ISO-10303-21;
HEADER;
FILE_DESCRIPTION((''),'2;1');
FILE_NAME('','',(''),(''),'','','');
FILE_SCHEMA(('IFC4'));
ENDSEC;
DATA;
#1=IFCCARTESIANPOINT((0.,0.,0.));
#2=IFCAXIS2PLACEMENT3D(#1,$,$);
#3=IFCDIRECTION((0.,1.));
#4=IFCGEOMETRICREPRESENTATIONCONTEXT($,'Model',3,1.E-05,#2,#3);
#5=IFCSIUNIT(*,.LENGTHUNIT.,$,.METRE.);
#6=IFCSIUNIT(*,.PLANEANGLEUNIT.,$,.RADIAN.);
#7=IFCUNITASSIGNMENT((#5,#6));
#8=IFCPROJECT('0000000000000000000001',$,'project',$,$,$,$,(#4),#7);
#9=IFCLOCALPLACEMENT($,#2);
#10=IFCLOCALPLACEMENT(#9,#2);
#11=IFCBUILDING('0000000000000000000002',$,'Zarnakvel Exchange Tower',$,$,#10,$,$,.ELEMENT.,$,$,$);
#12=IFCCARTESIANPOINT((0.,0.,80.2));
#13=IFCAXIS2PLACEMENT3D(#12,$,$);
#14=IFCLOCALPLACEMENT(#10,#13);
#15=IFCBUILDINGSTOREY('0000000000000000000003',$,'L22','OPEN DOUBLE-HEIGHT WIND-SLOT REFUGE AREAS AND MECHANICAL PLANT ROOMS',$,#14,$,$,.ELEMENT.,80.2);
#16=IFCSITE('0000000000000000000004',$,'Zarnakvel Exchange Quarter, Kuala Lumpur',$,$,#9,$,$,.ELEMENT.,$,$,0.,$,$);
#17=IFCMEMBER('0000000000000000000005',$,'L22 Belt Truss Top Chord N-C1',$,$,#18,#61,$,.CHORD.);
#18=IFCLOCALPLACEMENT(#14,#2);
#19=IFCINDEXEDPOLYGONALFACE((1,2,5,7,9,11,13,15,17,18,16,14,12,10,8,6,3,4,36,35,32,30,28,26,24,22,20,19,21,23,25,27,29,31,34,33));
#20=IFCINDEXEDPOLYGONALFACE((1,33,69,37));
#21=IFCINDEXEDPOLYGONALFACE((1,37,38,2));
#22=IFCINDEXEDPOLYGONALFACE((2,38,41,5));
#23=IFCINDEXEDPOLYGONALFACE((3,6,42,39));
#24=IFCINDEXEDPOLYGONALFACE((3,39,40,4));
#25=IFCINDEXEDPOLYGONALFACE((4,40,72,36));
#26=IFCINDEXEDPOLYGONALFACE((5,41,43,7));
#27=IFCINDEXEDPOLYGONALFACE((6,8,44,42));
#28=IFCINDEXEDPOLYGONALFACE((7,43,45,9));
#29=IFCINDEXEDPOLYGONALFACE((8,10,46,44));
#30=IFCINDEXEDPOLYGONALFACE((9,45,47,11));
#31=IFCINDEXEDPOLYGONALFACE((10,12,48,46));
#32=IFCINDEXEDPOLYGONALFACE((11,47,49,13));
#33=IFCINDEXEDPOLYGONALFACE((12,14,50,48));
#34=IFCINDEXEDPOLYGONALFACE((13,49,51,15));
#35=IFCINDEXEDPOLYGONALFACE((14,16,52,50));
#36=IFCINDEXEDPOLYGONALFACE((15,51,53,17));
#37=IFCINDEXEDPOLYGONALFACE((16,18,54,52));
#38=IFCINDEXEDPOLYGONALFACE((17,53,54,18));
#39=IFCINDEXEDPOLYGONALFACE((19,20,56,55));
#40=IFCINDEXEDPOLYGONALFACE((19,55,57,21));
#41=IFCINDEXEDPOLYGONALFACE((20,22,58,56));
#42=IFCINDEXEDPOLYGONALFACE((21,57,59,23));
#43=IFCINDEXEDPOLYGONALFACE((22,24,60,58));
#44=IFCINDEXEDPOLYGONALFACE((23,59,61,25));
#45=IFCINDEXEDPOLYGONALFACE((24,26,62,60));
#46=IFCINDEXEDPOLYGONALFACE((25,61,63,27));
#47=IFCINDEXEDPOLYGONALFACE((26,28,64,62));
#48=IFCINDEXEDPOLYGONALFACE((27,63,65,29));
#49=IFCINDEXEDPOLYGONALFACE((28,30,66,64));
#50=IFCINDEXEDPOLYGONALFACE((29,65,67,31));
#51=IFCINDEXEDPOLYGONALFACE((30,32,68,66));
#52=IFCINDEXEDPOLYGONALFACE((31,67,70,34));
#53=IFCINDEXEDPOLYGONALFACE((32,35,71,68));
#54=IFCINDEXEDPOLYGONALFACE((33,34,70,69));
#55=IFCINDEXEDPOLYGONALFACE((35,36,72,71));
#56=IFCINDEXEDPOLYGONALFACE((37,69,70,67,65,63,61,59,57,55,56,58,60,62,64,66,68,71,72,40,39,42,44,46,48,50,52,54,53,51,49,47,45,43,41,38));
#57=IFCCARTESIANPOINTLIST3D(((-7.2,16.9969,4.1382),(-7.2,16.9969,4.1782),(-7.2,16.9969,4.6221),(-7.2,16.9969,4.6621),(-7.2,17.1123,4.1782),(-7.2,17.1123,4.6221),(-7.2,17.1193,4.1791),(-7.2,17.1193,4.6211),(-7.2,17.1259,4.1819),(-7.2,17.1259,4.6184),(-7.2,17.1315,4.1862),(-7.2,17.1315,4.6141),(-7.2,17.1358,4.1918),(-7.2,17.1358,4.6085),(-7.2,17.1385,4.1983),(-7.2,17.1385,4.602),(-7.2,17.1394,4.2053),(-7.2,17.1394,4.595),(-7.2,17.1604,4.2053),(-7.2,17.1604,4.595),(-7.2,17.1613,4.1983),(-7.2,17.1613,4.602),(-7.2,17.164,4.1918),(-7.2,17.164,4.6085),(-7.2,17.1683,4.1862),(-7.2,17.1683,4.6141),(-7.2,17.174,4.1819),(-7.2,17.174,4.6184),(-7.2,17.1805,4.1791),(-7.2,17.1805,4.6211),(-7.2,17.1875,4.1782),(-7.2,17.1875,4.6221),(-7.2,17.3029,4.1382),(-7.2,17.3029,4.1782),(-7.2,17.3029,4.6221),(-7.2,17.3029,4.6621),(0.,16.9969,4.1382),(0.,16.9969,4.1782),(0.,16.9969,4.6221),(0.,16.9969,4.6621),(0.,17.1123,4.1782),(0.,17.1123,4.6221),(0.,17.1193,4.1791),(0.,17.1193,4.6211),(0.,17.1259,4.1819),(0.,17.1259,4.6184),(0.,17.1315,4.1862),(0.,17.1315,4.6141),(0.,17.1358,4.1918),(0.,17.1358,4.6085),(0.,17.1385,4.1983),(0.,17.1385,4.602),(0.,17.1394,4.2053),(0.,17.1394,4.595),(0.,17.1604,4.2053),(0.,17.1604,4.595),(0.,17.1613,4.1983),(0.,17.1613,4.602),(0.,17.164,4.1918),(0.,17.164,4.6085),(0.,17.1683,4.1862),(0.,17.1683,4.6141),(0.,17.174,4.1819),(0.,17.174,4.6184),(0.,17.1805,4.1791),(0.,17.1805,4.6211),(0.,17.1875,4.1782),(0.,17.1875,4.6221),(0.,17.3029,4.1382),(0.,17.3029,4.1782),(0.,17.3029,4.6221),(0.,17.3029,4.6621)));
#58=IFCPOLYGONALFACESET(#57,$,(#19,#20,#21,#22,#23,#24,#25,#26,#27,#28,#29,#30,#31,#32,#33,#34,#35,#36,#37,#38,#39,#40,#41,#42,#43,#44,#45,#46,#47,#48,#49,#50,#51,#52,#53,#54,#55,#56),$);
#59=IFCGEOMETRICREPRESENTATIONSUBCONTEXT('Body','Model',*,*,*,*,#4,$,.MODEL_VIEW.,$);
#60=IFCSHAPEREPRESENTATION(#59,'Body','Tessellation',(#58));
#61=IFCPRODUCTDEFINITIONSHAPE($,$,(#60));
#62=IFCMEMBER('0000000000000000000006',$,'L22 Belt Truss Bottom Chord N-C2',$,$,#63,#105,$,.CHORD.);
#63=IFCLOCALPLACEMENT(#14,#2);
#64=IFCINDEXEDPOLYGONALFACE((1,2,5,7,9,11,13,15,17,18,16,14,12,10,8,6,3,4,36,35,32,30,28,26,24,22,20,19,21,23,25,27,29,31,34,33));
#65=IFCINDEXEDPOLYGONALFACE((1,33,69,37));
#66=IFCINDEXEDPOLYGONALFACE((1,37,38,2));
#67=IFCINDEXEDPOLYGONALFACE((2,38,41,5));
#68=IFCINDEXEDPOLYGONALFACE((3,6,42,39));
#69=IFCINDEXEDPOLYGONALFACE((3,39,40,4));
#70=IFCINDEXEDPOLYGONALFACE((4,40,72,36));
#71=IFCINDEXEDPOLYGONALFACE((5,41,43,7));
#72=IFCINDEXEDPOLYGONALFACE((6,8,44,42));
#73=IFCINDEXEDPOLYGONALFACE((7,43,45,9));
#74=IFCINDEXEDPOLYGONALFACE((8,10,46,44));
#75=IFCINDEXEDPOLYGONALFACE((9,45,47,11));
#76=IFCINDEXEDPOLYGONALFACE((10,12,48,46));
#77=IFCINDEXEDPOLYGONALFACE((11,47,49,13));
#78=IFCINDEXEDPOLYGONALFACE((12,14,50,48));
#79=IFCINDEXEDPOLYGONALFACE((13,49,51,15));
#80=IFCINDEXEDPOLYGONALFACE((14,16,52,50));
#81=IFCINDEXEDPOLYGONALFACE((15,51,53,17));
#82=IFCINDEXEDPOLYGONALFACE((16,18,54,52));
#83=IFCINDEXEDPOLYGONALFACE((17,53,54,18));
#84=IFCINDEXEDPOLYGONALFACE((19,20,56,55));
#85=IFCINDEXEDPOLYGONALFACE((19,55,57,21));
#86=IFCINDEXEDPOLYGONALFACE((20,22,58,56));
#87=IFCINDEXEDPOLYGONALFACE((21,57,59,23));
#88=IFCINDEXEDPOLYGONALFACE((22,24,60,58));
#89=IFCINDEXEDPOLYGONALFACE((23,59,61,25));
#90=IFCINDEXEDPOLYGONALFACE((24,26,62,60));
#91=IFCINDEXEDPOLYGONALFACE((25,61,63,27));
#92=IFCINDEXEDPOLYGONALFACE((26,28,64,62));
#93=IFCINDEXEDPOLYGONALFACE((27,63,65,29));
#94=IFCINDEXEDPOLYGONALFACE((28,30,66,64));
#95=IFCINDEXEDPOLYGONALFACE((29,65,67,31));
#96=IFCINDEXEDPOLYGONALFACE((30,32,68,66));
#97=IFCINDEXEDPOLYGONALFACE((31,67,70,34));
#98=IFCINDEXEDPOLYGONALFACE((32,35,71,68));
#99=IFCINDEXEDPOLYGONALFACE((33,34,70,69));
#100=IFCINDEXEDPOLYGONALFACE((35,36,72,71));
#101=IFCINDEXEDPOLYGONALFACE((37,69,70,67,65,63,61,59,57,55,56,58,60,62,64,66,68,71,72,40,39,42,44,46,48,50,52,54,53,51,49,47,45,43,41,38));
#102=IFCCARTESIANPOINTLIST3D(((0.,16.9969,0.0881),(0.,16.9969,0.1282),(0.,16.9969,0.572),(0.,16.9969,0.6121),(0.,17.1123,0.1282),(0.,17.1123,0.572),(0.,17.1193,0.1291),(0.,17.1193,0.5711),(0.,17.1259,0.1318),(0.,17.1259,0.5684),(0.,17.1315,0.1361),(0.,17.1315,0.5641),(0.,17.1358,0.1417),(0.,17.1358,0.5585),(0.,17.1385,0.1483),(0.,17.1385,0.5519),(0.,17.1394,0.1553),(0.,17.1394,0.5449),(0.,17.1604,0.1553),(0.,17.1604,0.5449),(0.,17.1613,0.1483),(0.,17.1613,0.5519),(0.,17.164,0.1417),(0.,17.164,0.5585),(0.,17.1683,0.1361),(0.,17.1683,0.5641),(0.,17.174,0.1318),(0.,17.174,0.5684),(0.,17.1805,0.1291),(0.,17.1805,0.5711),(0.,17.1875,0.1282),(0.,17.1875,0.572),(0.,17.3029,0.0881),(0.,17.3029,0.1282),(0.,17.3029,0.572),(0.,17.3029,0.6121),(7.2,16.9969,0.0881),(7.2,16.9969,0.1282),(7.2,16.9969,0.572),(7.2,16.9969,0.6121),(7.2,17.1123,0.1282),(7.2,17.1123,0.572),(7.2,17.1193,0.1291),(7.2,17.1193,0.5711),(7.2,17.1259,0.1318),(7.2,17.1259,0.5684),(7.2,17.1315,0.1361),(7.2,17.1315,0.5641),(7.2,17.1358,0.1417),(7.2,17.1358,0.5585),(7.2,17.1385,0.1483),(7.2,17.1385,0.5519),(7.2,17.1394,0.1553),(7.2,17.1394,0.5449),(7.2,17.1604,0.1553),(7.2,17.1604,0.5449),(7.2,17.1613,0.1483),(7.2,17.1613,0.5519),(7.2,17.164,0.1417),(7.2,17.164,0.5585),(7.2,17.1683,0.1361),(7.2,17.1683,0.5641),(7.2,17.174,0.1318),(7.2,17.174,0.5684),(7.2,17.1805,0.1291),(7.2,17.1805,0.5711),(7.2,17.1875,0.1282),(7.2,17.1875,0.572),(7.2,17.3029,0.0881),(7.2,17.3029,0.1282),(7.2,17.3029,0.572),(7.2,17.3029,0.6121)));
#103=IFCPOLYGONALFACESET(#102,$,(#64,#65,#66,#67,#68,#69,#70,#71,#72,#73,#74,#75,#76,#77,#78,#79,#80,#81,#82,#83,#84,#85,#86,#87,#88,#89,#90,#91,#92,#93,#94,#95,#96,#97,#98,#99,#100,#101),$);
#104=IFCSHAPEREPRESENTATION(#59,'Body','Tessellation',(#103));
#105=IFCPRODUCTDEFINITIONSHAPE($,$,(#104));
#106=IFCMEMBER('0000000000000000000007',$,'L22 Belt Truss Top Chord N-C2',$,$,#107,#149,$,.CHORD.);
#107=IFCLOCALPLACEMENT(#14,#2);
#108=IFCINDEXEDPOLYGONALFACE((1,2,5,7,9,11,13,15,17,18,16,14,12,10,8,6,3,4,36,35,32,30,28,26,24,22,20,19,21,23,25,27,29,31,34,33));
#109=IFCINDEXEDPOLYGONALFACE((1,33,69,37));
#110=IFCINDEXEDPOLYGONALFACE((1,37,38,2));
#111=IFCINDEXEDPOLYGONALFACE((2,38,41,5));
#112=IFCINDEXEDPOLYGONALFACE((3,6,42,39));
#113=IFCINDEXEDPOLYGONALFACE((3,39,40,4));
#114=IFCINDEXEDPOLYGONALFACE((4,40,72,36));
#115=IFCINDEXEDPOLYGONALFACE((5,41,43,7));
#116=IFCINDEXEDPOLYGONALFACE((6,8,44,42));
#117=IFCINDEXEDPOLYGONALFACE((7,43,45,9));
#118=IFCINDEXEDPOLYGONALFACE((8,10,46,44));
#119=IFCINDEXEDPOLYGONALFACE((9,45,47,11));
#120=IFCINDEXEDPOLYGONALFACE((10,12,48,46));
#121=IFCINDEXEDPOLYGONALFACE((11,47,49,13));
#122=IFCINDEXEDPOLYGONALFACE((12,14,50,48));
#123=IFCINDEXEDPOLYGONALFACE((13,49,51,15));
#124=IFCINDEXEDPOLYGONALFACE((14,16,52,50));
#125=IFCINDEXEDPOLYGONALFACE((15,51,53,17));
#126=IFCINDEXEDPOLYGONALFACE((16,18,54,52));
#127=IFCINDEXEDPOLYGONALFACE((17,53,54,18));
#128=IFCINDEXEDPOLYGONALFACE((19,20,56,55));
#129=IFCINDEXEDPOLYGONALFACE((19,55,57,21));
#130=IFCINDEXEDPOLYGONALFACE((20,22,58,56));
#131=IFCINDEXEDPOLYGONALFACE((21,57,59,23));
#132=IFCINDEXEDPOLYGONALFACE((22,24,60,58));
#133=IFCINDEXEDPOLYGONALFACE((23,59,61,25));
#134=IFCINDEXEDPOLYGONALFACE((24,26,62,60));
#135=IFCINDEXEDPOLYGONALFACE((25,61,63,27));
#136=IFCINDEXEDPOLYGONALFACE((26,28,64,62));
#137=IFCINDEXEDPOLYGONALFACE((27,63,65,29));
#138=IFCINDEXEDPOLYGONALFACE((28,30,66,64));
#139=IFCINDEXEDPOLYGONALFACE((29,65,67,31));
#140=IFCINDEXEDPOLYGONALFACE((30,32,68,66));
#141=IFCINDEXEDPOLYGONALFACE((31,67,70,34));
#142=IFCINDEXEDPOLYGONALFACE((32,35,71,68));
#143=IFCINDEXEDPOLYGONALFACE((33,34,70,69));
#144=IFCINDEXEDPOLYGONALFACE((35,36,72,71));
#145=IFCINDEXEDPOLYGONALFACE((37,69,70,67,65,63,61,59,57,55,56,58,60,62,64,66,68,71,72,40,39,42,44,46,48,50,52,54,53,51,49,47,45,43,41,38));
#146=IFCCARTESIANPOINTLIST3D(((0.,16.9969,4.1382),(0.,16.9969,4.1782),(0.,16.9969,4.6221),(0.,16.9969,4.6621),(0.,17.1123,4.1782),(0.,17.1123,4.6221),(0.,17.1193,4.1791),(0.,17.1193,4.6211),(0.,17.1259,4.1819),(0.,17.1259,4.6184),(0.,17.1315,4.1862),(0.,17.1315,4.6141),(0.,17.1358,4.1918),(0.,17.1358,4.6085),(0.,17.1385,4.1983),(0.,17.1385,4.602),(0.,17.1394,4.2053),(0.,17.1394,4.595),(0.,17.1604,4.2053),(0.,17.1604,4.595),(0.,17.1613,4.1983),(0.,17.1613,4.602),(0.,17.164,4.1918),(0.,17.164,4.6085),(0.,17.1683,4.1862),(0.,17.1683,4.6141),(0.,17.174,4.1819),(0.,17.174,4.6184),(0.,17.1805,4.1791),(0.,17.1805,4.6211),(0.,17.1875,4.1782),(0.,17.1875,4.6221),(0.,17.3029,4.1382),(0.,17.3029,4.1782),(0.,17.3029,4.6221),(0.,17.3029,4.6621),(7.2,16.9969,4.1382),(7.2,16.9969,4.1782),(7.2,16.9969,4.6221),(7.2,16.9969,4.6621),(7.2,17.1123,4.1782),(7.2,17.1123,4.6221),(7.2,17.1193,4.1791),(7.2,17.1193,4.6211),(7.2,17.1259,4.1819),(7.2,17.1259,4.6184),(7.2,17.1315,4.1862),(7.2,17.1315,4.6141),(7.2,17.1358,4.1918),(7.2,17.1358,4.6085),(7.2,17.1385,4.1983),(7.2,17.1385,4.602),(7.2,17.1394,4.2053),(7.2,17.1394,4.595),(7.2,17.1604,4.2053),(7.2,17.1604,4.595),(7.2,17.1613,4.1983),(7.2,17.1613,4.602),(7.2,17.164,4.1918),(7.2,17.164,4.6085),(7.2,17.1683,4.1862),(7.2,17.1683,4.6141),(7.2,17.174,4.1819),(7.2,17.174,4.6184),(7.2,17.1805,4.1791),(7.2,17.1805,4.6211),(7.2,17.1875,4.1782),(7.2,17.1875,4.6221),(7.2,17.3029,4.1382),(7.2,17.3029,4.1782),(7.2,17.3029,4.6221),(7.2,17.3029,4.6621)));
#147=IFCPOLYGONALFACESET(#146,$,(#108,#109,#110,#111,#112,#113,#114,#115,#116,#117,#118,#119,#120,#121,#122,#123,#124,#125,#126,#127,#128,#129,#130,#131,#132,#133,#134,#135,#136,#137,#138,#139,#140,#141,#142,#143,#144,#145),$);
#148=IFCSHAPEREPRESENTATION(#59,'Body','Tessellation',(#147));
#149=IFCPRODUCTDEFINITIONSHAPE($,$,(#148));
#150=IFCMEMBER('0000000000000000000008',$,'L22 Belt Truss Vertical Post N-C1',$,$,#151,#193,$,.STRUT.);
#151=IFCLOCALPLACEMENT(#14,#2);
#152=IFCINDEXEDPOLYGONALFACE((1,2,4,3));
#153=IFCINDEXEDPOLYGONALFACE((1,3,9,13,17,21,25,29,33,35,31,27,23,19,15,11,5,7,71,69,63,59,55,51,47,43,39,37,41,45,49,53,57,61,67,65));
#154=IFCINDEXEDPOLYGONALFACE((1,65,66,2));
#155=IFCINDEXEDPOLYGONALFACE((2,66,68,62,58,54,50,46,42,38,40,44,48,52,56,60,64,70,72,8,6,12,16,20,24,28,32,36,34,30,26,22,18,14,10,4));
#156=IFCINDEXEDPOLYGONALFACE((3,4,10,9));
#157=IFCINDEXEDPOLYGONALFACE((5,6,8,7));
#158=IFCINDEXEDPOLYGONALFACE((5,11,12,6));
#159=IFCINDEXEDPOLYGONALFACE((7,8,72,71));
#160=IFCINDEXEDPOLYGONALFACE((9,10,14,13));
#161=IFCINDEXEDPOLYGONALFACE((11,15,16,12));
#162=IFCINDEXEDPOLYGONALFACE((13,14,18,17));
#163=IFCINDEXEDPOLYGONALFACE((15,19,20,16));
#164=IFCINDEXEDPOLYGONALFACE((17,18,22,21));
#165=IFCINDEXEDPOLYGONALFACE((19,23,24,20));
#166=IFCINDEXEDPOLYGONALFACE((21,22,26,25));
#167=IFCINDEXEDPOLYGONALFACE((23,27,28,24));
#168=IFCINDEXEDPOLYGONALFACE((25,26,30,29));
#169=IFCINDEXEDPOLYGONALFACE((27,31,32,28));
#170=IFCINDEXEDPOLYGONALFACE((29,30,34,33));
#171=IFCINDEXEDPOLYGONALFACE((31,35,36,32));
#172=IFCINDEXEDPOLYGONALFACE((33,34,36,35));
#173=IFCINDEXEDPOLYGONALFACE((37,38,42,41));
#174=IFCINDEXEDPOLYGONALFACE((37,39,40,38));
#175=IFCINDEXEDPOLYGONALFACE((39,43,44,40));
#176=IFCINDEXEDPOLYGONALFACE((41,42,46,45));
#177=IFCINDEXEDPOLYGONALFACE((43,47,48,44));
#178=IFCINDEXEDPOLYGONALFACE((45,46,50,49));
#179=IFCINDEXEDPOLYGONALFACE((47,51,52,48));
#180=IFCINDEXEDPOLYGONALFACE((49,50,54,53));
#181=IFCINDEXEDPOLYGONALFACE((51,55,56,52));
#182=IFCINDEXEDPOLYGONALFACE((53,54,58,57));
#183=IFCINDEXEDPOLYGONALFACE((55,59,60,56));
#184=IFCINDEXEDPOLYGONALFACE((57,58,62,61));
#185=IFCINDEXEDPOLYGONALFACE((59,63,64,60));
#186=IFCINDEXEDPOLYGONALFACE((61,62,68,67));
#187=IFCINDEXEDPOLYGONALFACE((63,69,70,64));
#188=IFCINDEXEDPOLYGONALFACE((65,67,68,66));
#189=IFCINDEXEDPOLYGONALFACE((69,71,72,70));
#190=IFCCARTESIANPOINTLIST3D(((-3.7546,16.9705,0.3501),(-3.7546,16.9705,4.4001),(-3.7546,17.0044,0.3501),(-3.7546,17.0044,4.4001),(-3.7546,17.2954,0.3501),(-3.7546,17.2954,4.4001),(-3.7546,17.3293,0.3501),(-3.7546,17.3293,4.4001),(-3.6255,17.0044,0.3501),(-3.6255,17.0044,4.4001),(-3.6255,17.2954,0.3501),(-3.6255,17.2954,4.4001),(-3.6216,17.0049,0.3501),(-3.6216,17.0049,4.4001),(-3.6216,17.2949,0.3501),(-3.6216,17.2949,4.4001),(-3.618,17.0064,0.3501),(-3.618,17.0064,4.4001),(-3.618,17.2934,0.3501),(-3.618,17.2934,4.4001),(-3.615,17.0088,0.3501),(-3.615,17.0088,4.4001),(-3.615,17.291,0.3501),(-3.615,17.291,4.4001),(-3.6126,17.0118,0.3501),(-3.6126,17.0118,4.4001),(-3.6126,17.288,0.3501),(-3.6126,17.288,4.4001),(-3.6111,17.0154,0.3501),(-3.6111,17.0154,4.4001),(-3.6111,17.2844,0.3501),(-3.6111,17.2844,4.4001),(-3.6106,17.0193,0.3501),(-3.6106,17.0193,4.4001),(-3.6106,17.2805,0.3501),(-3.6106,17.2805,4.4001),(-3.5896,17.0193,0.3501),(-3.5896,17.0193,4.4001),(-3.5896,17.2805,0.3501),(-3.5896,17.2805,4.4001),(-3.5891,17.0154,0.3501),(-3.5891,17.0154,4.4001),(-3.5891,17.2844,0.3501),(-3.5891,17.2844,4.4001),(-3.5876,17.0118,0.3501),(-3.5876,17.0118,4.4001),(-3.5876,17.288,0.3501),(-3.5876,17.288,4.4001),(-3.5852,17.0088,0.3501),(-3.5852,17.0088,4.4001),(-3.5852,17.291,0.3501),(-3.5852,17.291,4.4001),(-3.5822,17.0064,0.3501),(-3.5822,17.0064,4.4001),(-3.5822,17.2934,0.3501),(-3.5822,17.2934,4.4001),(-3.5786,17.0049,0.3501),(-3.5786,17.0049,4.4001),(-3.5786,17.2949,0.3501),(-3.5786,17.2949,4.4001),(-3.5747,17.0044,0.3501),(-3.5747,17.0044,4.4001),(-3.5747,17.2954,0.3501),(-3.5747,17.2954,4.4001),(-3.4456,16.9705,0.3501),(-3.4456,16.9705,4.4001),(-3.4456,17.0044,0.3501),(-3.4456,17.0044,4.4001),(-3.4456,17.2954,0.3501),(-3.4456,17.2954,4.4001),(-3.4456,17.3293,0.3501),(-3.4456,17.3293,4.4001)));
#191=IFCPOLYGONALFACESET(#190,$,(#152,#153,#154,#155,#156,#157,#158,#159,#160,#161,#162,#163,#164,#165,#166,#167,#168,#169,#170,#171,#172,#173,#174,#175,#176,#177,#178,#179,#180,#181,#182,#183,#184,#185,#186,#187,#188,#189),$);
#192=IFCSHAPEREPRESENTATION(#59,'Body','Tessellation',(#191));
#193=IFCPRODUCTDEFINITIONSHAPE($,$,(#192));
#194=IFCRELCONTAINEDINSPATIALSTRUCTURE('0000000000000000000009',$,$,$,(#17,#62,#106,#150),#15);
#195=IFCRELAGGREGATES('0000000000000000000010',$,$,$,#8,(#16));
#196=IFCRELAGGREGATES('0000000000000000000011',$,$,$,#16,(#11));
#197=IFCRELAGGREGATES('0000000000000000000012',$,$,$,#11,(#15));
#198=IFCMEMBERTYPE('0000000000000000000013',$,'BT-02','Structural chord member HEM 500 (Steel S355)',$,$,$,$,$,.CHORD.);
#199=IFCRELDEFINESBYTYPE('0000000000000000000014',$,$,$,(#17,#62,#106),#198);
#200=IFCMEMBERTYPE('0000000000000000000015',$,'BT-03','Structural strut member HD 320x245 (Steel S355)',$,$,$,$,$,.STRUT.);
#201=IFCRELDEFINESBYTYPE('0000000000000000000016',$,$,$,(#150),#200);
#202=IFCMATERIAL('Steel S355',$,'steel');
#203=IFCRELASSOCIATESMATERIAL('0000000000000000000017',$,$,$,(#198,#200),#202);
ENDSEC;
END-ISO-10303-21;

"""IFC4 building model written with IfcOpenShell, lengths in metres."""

from ifc_helpers import new_model, si_unit, direction, frame, origin, origin_2d, place, context, subcontext, project, spatial, i_section, extrude, source, transform, mapped, material, material_profile, profile_set, type_object, element, save


model = new_model("IFC4")

# Units and contexts
model_context = context("Model", 3, precision=1e-05, world=origin(), true_north=direction((0.0, 1.0)))
body_context = subcontext(model_context, "Body", "Model", "MODEL_VIEW")
ifc_project = project(units=[si_unit("LENGTHUNIT", "METRE"), si_unit("PLANEANGLEUNIT", "RADIAN")], contexts=[model_context])

# Site, building, storey
site_placement = place(None, origin())
site = spatial("IfcSite", under=ifc_project, at=site_placement, Name="Zarnakvel Exchange Quarter, Kuala Lumpur", CompositionType="ELEMENT", RefElevation=0.0)
building_placement = place(site_placement, origin())
building = spatial("IfcBuilding", under=site, at=building_placement, Name="Zarnakvel Exchange Tower", CompositionType="ELEMENT")
storey_placement = place(building_placement, frame((0.0, 0.0, 80.2)))
storey = spatial("IfcBuildingStorey", under=building, at=storey_placement, Name="L22", Description="OPEN DOUBLE-HEIGHT WIND-SLOT REFUGE AREAS AND MECHANICAL PLANT ROOMS", CompositionType="ELEMENT", Elevation=80.2)

# Shared definitions
ifc_material_1 = material(Name="Steel S355", Category="steel")

# Members
ifc_material_profile_1 = material_profile(ifc_material_1, i_section(OverallWidth=0.3059, OverallDepth=0.5239, WebThickness=0.021, FlangeThickness=0.04, FilletRadius=0.0271, at=origin_2d()))
ifc_profile_set_1 = profile_set([ifc_material_profile_1], Name="Steel S355")
member_type_1 = type_object("IfcMemberType", Name="BT-02", Description="Structural chord member HEM 500 (Steel S355)", PredefinedType="CHORD", material=ifc_profile_set_1)
shared_shape_1 = source(origin(), body_context, "Body", "SweptSolid", [
    extrude(i_section(OverallWidth=0.3059, OverallDepth=0.5239, WebThickness=0.021, FlangeThickness=0.04, FilletRadius=0.0271, at=origin_2d()), origin(), (0.0, 0.0, 1.0), 7.2),
])
for number, where, z_axis, x_axis, name in (
    (1, (-7.2, 17.1499, 4.4001), (1.0, 0.0, 0.0), (0.0, 1.0, 0.0), "L22 Belt Truss Top Chord N-C1"),
    (2, (0.0, 17.1499, 0.3501), (1.0, 0.0, 0.0), (0.0, 1.0, 0.0), "L22 Belt Truss Bottom Chord N-C2"),
    (3, (0.0, 17.1499, 4.4001), (1.0, 0.0, 0.0), (0.0, 1.0, 0.0), "L22 Belt Truss Top Chord N-C2"),
):
    element("IfcMember", number, at=place(storey_placement, frame(where, z_axis=z_axis, x_axis=x_axis)), inside=storey, type_object=member_type_1, Name=name, PredefinedType="CHORD", context=body_context, shape_type="MappedRepresentation", body=[
        mapped(shared_shape_1, transform((0.0, 0.0, 0.0), x_axis=(1.0, 0.0, 0.0), y_axis=(0.0, 1.0, 0.0), z_axis=(0.0, 0.0, 1.0), scale=1.0)),
    ])
ifc_material_profile_2 = material_profile(ifc_material_1, i_section(OverallWidth=0.3091, OverallDepth=0.3589, WebThickness=0.021, FlangeThickness=0.0339, FilletRadius=0.0149, at=origin_2d()))
ifc_profile_set_2 = profile_set([ifc_material_profile_2], Name="Steel S355")
member_type_2 = type_object("IfcMemberType", Name="BT-03", Description="Structural strut member HD 320x245 (Steel S355)", PredefinedType="STRUT", material=ifc_profile_set_2)
shared_shape_2 = source(origin(), body_context, "Body", "SweptSolid", [
    extrude(i_section(OverallWidth=0.3091, OverallDepth=0.3589, WebThickness=0.021, FlangeThickness=0.0339, FilletRadius=0.0149, at=origin_2d()), origin(), (0.0, 0.0, 1.0), 4.05),
])
member_placement = place(storey_placement, frame((-3.6001, 17.1499, 0.3501), z_axis=(0.0, 0.0, 1.0), x_axis=(1.0, 0.0, 0.0)))
element("IfcMember", 4, at=member_placement, inside=storey, type_object=member_type_2, Name="L22 Belt Truss Vertical Post N-C1", PredefinedType="STRUT", context=body_context, shape_type="MappedRepresentation", body=[
    mapped(shared_shape_2, transform((0.0, 0.0, 0.0), x_axis=(1.0, 0.0, 0.0), y_axis=(0.0, 1.0, 0.0), z_axis=(0.0, 0.0, 1.0), scale=1.0)),
])

save(model, "model.ifc")
